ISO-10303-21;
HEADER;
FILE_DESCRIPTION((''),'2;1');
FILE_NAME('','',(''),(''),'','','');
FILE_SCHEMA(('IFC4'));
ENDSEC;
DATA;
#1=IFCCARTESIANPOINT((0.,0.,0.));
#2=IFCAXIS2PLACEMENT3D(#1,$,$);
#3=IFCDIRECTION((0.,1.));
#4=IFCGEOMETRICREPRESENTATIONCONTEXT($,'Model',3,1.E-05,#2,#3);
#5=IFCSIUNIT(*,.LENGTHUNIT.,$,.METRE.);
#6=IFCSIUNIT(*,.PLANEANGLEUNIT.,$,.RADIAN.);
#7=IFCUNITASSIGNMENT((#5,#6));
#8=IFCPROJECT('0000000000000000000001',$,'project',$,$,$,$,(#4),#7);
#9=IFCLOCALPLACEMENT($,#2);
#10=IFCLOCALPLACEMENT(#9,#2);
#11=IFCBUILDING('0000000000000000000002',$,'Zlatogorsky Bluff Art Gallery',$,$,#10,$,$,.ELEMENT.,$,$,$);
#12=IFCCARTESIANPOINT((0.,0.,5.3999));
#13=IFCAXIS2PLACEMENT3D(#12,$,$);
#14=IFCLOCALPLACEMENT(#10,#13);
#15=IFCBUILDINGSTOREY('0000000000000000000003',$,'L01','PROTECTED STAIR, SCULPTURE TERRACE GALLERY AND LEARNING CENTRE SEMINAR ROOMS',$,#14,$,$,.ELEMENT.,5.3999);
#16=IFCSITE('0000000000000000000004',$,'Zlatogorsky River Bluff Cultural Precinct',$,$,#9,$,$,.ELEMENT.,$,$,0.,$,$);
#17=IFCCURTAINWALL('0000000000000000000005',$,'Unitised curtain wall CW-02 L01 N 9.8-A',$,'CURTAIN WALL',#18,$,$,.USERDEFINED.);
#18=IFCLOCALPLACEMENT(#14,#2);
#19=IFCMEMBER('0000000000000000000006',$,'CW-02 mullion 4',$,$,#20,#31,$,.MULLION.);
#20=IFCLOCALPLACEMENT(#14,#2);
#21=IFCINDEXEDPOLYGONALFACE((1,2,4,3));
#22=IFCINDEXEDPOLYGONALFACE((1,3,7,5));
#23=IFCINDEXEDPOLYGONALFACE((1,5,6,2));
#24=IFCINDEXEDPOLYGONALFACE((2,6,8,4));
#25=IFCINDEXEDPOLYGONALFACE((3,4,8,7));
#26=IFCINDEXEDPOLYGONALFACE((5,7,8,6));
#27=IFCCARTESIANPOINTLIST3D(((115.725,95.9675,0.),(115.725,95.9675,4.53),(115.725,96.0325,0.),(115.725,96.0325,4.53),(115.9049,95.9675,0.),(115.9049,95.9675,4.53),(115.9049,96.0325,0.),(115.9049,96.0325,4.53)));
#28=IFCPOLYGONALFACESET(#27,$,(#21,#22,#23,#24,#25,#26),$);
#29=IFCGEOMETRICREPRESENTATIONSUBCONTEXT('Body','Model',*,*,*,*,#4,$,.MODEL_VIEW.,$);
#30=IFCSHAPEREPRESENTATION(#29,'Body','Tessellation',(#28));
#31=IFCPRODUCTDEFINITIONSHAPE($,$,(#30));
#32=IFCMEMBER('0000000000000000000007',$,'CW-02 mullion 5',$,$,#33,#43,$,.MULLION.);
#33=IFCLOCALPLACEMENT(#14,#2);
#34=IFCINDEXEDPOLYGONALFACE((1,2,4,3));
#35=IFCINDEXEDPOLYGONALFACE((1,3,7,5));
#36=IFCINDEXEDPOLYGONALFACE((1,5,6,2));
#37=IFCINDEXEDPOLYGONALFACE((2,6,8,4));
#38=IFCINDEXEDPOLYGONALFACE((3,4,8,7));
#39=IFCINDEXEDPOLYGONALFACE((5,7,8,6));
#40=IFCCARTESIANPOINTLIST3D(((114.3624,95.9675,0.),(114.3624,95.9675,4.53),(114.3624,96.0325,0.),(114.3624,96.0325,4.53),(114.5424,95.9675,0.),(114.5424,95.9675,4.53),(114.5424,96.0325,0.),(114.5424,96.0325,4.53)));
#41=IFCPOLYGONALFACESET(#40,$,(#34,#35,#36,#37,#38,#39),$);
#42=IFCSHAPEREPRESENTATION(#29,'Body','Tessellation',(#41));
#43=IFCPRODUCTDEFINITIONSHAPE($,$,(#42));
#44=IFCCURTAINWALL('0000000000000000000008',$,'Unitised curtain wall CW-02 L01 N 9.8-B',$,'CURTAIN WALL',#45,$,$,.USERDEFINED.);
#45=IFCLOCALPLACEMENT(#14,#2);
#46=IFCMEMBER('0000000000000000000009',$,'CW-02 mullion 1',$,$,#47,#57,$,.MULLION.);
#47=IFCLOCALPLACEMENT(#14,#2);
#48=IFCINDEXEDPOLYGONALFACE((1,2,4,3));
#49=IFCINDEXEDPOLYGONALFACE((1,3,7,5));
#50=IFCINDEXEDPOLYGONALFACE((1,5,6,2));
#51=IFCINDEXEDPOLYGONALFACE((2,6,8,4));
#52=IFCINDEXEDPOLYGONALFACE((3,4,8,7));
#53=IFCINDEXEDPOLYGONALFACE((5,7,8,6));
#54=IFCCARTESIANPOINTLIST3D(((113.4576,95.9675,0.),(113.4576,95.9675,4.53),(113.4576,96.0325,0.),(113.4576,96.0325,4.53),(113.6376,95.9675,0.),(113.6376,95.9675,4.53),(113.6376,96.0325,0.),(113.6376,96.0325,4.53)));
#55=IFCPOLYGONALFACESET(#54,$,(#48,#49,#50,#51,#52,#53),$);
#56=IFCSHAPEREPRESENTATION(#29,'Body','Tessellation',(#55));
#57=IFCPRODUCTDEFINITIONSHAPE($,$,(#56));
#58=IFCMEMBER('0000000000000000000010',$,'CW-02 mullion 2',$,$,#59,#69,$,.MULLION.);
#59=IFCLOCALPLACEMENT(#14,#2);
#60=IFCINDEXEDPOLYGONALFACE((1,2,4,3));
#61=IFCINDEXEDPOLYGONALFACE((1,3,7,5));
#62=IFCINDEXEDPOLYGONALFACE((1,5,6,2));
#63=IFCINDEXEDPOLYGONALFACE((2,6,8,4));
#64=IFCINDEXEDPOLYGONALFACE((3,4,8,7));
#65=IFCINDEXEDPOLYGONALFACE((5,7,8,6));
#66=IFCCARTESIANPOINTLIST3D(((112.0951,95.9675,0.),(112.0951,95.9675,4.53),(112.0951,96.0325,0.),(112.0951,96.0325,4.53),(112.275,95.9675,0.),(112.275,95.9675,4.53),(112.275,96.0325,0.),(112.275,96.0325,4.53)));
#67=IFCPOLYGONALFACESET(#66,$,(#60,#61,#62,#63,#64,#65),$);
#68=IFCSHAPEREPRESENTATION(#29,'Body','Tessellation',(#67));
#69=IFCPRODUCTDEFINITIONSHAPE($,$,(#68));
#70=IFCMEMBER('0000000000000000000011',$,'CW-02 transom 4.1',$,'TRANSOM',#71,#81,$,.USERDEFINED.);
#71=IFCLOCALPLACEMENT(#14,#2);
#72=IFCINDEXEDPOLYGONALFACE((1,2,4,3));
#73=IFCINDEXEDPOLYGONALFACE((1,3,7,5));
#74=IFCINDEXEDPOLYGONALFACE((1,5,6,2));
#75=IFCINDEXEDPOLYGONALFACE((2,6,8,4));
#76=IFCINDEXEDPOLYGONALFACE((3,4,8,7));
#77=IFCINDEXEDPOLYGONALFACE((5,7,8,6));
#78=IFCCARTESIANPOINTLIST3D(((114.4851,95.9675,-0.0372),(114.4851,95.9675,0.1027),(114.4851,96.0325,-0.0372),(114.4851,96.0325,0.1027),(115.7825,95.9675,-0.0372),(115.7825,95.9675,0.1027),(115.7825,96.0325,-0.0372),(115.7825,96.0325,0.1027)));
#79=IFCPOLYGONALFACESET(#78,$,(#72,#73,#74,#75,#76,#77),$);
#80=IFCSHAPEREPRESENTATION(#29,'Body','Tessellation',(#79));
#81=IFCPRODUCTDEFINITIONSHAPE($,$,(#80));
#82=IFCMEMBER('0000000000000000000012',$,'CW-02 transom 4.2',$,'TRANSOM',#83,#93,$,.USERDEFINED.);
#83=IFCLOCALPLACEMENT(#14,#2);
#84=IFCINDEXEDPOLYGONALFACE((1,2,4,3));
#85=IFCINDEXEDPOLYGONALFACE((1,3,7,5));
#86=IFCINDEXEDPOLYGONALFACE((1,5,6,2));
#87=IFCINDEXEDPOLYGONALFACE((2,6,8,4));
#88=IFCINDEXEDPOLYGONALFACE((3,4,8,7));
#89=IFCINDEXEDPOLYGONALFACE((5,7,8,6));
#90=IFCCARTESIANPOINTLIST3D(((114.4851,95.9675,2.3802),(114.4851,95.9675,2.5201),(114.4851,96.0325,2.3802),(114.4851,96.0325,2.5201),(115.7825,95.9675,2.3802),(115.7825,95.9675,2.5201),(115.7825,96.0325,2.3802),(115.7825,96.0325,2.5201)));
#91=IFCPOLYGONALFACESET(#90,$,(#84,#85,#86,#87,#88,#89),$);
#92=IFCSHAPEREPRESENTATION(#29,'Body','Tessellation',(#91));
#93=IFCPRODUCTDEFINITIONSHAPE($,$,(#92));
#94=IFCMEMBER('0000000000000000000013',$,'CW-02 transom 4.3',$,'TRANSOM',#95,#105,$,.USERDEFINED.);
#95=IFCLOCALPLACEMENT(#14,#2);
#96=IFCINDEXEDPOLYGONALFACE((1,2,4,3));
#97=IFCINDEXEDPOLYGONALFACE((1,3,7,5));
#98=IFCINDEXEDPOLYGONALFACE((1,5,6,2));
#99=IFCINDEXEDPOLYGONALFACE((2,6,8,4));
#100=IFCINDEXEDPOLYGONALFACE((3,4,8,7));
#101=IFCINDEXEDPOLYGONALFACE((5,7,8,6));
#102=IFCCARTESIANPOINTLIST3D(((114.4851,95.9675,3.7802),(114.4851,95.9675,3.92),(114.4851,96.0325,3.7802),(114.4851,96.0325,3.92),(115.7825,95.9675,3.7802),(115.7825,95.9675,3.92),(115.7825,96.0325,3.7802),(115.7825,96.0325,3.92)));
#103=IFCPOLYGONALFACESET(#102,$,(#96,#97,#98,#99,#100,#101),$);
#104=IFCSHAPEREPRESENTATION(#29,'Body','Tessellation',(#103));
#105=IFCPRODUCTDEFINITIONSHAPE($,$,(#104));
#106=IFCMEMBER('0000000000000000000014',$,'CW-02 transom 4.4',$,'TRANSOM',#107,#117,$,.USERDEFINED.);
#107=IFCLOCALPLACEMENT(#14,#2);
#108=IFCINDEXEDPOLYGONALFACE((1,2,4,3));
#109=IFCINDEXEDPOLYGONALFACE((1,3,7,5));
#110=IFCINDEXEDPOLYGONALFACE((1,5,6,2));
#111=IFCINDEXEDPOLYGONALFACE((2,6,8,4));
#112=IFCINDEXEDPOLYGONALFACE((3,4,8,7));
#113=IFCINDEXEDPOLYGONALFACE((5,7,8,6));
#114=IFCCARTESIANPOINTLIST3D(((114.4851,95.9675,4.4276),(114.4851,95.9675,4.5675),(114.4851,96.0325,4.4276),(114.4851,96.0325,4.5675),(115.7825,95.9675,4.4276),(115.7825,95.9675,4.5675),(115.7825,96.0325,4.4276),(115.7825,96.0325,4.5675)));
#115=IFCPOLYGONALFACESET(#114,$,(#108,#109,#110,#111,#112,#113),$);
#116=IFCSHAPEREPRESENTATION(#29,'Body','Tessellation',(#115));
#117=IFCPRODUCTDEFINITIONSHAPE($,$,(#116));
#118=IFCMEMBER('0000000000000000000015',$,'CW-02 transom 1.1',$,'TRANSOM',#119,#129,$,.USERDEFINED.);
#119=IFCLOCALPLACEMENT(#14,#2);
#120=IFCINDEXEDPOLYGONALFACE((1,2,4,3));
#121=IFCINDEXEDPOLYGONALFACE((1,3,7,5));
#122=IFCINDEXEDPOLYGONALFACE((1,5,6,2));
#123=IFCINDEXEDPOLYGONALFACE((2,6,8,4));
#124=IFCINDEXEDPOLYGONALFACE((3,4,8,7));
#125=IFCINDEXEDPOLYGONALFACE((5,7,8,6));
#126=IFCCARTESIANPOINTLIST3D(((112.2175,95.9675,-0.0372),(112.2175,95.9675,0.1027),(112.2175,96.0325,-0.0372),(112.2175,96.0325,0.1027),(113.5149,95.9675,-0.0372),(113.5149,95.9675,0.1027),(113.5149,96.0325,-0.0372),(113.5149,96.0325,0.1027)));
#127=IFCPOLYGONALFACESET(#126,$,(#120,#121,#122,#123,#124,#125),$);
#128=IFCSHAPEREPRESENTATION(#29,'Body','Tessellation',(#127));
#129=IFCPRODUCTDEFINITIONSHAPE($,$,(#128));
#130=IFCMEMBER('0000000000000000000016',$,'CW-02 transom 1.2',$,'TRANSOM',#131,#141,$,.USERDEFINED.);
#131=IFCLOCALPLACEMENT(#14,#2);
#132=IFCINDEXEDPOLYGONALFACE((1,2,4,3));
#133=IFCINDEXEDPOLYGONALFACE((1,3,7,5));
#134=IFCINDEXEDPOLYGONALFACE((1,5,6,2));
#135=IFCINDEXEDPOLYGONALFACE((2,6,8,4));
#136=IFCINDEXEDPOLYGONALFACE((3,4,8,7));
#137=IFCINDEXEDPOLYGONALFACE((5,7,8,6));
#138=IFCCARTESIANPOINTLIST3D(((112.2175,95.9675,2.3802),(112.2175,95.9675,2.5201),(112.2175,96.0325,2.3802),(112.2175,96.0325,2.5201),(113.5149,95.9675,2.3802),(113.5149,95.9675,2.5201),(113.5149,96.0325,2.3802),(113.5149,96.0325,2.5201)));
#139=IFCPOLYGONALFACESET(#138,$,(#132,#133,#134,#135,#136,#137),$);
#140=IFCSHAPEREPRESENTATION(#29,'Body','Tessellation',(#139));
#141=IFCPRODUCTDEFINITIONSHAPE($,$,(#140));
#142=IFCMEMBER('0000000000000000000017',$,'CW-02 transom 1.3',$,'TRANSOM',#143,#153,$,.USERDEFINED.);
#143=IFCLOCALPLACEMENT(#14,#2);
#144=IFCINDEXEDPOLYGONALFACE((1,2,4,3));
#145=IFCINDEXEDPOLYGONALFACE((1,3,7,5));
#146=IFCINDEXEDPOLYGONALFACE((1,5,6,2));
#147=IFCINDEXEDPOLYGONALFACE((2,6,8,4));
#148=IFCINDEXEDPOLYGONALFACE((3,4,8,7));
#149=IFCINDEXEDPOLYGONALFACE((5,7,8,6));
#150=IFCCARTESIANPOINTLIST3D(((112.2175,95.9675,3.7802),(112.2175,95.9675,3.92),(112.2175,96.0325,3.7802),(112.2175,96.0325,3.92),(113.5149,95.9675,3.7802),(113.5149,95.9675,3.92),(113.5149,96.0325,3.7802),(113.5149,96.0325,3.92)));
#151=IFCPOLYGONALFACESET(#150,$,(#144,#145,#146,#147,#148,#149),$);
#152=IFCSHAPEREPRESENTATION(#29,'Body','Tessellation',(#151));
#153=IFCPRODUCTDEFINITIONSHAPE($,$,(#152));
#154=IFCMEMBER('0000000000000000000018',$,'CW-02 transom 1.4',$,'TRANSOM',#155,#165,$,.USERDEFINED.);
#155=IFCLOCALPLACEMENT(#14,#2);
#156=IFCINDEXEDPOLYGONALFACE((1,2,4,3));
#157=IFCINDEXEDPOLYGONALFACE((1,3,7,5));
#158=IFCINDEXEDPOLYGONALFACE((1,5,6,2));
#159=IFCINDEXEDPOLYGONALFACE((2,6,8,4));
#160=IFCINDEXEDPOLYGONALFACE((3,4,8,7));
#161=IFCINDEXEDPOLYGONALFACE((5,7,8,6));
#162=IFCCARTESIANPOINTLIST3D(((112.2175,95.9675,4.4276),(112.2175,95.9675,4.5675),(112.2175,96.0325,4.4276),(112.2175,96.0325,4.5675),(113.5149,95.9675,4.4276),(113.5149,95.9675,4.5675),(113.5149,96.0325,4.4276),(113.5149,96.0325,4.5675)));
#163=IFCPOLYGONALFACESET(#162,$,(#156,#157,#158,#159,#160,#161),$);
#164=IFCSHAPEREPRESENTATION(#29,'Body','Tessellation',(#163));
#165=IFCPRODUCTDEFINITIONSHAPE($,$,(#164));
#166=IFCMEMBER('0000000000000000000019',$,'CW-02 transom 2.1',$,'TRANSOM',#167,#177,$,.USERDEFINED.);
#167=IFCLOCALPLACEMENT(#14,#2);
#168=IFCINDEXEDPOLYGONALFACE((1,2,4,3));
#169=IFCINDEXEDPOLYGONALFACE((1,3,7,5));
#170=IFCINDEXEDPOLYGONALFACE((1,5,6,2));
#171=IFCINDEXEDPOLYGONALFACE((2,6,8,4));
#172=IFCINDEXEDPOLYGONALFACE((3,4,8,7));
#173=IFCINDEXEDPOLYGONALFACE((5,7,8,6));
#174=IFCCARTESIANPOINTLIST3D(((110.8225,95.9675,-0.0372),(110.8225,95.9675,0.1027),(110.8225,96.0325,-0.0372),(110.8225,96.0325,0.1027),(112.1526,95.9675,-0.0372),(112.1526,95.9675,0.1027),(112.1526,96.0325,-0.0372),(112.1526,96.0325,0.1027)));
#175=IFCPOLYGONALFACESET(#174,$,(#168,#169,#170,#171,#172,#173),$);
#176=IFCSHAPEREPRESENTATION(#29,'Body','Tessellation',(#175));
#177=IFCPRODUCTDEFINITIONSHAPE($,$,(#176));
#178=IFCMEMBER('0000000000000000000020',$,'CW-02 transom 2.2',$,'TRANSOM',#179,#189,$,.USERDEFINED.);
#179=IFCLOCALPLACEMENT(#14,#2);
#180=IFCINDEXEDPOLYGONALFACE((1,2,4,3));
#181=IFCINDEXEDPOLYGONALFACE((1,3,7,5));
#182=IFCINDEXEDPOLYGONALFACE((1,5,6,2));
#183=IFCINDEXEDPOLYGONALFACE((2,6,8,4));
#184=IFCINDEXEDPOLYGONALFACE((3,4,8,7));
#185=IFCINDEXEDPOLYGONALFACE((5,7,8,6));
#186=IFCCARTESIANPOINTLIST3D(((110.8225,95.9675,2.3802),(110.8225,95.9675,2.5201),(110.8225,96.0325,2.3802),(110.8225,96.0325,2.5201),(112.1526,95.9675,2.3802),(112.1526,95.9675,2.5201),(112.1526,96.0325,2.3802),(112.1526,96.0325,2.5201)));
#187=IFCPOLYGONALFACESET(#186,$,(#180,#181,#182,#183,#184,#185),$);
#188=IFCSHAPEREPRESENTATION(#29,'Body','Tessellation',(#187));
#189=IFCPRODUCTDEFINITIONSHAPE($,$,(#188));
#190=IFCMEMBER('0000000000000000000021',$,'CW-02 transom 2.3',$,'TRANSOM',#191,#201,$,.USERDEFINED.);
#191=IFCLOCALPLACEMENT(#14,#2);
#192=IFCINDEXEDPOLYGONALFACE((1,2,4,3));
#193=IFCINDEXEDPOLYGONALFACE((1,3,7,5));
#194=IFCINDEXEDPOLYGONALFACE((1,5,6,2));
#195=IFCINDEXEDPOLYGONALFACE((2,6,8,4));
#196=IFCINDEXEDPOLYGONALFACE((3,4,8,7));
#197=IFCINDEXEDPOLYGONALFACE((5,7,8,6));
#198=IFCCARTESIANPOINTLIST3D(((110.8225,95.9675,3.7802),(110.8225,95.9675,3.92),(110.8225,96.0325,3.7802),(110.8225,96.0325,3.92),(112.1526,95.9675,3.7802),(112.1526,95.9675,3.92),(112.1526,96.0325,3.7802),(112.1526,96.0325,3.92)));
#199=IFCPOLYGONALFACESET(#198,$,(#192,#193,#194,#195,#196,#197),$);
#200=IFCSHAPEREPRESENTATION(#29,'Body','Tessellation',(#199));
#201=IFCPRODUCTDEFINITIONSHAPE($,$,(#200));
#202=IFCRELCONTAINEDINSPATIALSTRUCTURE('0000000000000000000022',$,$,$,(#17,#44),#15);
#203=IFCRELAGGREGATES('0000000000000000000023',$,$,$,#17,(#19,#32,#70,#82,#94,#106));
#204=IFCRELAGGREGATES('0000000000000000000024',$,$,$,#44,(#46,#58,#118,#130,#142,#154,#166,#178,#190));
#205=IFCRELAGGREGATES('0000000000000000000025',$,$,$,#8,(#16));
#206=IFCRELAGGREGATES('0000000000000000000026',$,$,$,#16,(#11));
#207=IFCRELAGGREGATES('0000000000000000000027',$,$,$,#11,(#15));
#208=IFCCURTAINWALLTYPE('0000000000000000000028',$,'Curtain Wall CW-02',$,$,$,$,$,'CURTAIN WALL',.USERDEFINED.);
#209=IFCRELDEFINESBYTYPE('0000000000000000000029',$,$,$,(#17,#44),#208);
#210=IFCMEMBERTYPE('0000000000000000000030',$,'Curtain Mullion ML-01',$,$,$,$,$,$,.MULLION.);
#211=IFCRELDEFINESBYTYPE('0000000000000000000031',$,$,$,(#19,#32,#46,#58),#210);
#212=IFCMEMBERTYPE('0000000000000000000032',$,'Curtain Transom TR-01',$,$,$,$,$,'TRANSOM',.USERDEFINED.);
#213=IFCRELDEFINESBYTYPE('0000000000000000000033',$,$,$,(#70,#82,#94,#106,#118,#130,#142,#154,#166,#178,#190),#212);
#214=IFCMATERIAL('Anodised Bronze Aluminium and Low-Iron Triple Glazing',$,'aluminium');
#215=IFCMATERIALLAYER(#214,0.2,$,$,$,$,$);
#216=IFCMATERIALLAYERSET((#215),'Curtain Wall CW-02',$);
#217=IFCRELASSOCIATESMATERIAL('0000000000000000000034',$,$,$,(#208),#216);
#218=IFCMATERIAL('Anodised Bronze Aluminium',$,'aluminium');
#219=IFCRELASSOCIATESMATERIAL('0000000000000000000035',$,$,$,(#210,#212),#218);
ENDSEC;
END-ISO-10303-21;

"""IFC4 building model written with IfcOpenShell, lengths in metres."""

from ifc_helpers import new_model, si_unit, direction, frame, origin, origin_2d, place, context, subcontext, project, spatial, rectangle, extrude, material, layer, layer_set, material_profile, profile_set, type_object, element, aggregate, save


model = new_model("IFC4")

# Units and contexts
model_context = context("Model", 3, precision=1e-05, world=origin(), true_north=direction((0.0, 1.0)))
body_context = subcontext(model_context, "Body", "Model", "MODEL_VIEW")
ifc_project = project(units=[si_unit("LENGTHUNIT", "METRE"), si_unit("PLANEANGLEUNIT", "RADIAN")], contexts=[model_context])

# Site, building, storey
site_placement = place(None, origin())
site = spatial("IfcSite", under=ifc_project, at=site_placement, Name="Zlatogorsky River Bluff Cultural Precinct", CompositionType="ELEMENT", RefElevation=0.0)
building_placement = place(site_placement, origin())
building = spatial("IfcBuilding", under=site, at=building_placement, Name="Zlatogorsky Bluff Art Gallery", CompositionType="ELEMENT")
storey_placement = place(building_placement, frame((0.0, 0.0, 5.3999)))
storey = spatial("IfcBuildingStorey", under=building, at=storey_placement, Name="L01", Description="PROTECTED STAIR, SCULPTURE TERRACE GALLERY AND LEARNING CENTRE SEMINAR ROOMS", CompositionType="ELEMENT", Elevation=5.3999)

# Curtain walls, members
ifc_material_1 = material(Name="Anodised Bronze Aluminium and Low-Iron Triple Glazing", Category="aluminium")
ifc_layer_1 = layer(ifc_material_1, 0.2)
ifc_layer_set_1 = layer_set([ifc_layer_1], Name="Curtain Wall CW-02")
curtain_wall_type = type_object("IfcCurtainWallType", Name="Curtain Wall CW-02", ElementType="CURTAIN WALL", PredefinedType="USERDEFINED", material=ifc_layer_set_1)
curtain_wall_1_placement = place(storey_placement, origin())
curtain_wall_1 = element("IfcCurtainWall", 1, at=curtain_wall_1_placement, inside=storey, type_object=curtain_wall_type, Name="Unitised curtain wall CW-02 L01 N 9.8-A", ObjectType="CURTAIN WALL", PredefinedType="USERDEFINED")
ifc_material_2 = material(Name="Anodised Bronze Aluminium", Category="aluminium")
ifc_material_profile_1 = material_profile(ifc_material_2, rectangle(XDim=0.0649, YDim=0.1799, at=origin_2d()), Name="ALU MULLION 65x180")
ifc_profile_set_1 = profile_set([ifc_material_profile_1], Name="Anodised Bronze Aluminium")
member_type_1 = type_object("IfcMemberType", Name="Curtain Mullion ML-01", PredefinedType="MULLION", material=ifc_profile_set_1)
member_1_placement = place(storey_placement, frame((115.8149, 96.0, 0.0), z_axis=(0.0, 0.0, 1.0), x_axis=(0.0, -1.0, 0.0)))
member_1 = element("IfcMember", 2, at=member_1_placement, type_object=member_type_1, Name="CW-02 mullion 4", PredefinedType="MULLION", context=body_context, shape_type="SweptSolid", body=[
    extrude(rectangle(XDim=0.0649, YDim=0.1799, at=origin_2d()), origin(), (0.0, 0.0, 1.0), 4.53),
])
member_2_placement = place(storey_placement, frame((114.4524, 96.0, 0.0), z_axis=(0.0, 0.0, 1.0), x_axis=(0.0, -1.0, 0.0)))
member_2 = element("IfcMember", 3, at=member_2_placement, type_object=member_type_1, Name="CW-02 mullion 5", PredefinedType="MULLION", context=body_context, shape_type="SweptSolid", body=[
    extrude(rectangle(XDim=0.0649, YDim=0.1799, at=origin_2d()), origin(), (0.0, 0.0, 1.0), 4.53),
])
curtain_wall_2_placement = place(storey_placement, origin())
curtain_wall_2 = element("IfcCurtainWall", 4, at=curtain_wall_2_placement, inside=storey, type_object=curtain_wall_type, Name="Unitised curtain wall CW-02 L01 N 9.8-B", ObjectType="CURTAIN WALL", PredefinedType="USERDEFINED")
member_3_placement = place(storey_placement, frame((113.5476, 96.0, 0.0), z_axis=(0.0, 0.0, 1.0), x_axis=(0.0, -1.0, 0.0)))
member_3 = element("IfcMember", 5, at=member_3_placement, type_object=member_type_1, Name="CW-02 mullion 1", PredefinedType="MULLION", context=body_context, shape_type="SweptSolid", body=[
    extrude(rectangle(XDim=0.0649, YDim=0.1799, at=origin_2d()), origin(), (0.0, 0.0, 1.0), 4.53),
])
member_4_placement = place(storey_placement, frame((112.1851, 96.0, 0.0), z_axis=(0.0, 0.0, 1.0), x_axis=(0.0, -1.0, 0.0)))
member_4 = element("IfcMember", 6, at=member_4_placement, type_object=member_type_1, Name="CW-02 mullion 2", PredefinedType="MULLION", context=body_context, shape_type="SweptSolid", body=[
    extrude(rectangle(XDim=0.0649, YDim=0.1799, at=origin_2d()), origin(), (0.0, 0.0, 1.0), 4.53),
])

# Members
ifc_material_profile_2 = material_profile(ifc_material_2, rectangle(XDim=0.0649, YDim=0.1399, at=origin_2d()), Name="ALU TRANSOM 65x140")
ifc_profile_set_2 = profile_set([ifc_material_profile_2], Name="Anodised Bronze Aluminium")
member_type_2 = type_object("IfcMemberType", Name="Curtain Transom TR-01", ElementType="TRANSOM", PredefinedType="USERDEFINED", material=ifc_profile_set_2)
member_5_placement = place(storey_placement, frame((115.7825, 96.0, 0.0327), z_axis=(-1.0, 0.0, 0.0), x_axis=(0.0, -1.0, 0.0)))
member_5 = element("IfcMember", 7, at=member_5_placement, type_object=member_type_2, Name="CW-02 transom 4.1", ObjectType="TRANSOM", PredefinedType="USERDEFINED", context=body_context, shape_type="SweptSolid", body=[
    extrude(rectangle(XDim=0.0649, YDim=0.1399, at=origin_2d()), origin(), (0.0, 0.0, 1.0), 1.2974),
])
member_6_placement = place(storey_placement, frame((115.7825, 96.0, 2.4502), z_axis=(-1.0, 0.0, 0.0), x_axis=(0.0, -1.0, 0.0)))
member_6 = element("IfcMember", 8, at=member_6_placement, type_object=member_type_2, Name="CW-02 transom 4.2", ObjectType="TRANSOM", PredefinedType="USERDEFINED", context=body_context, shape_type="SweptSolid", body=[
    extrude(rectangle(XDim=0.0649, YDim=0.1399, at=origin_2d()), origin(), (0.0, 0.0, 1.0), 1.2974),
])
member_7_placement = place(storey_placement, frame((115.7825, 96.0, 3.8501), z_axis=(-1.0, 0.0, 0.0), x_axis=(0.0, -1.0, 0.0)))
member_7 = element("IfcMember", 9, at=member_7_placement, type_object=member_type_2, Name="CW-02 transom 4.3", ObjectType="TRANSOM", PredefinedType="USERDEFINED", context=body_context, shape_type="SweptSolid", body=[
    extrude(rectangle(XDim=0.0649, YDim=0.1399, at=origin_2d()), origin(), (0.0, 0.0, 1.0), 1.2974),
])
member_8_placement = place(storey_placement, frame((115.7825, 96.0, 4.4976), z_axis=(-1.0, 0.0, 0.0), x_axis=(0.0, -1.0, 0.0)))
member_8 = element("IfcMember", 10, at=member_8_placement, type_object=member_type_2, Name="CW-02 transom 4.4", ObjectType="TRANSOM", PredefinedType="USERDEFINED", context=body_context, shape_type="SweptSolid", body=[
    extrude(rectangle(XDim=0.0649, YDim=0.1399, at=origin_2d()), origin(), (0.0, 0.0, 1.0), 1.2974),
])
member_9_placement = place(storey_placement, frame((113.5149, 96.0, 0.0327), z_axis=(-1.0, 0.0, 0.0), x_axis=(0.0, -1.0, 0.0)))
member_9 = element("IfcMember", 11, at=member_9_placement, type_object=member_type_2, Name="CW-02 transom 1.1", ObjectType="TRANSOM", PredefinedType="USERDEFINED", context=body_context, shape_type="SweptSolid", body=[
    extrude(rectangle(XDim=0.0649, YDim=0.1399, at=origin_2d()), origin(), (0.0, 0.0, 1.0), 1.2974),
])
member_10_placement = place(storey_placement, frame((113.5149, 96.0, 2.4502), z_axis=(-1.0, 0.0, 0.0), x_axis=(0.0, -1.0, 0.0)))
member_10 = element("IfcMember", 12, at=member_10_placement, type_object=member_type_2, Name="CW-02 transom 1.2", ObjectType="TRANSOM", PredefinedType="USERDEFINED", context=body_context, shape_type="SweptSolid", body=[
    extrude(rectangle(XDim=0.0649, YDim=0.1399, at=origin_2d()), origin(), (0.0, 0.0, 1.0), 1.2974),
])
member_11_placement = place(storey_placement, frame((113.5149, 96.0, 3.8501), z_axis=(-1.0, 0.0, 0.0), x_axis=(0.0, -1.0, 0.0)))
member_11 = element("IfcMember", 13, at=member_11_placement, type_object=member_type_2, Name="CW-02 transom 1.3", ObjectType="TRANSOM", PredefinedType="USERDEFINED", context=body_context, shape_type="SweptSolid", body=[
    extrude(rectangle(XDim=0.0649, YDim=0.1399, at=origin_2d()), origin(), (0.0, 0.0, 1.0), 1.2974),
])
member_12_placement = place(storey_placement, frame((113.5149, 96.0, 4.4976), z_axis=(-1.0, 0.0, 0.0), x_axis=(0.0, -1.0, 0.0)))
member_12 = element("IfcMember", 14, at=member_12_placement, type_object=member_type_2, Name="CW-02 transom 1.4", ObjectType="TRANSOM", PredefinedType="USERDEFINED", context=body_context, shape_type="SweptSolid", body=[
    extrude(rectangle(XDim=0.0649, YDim=0.1399, at=origin_2d()), origin(), (0.0, 0.0, 1.0), 1.2974),
])
member_13_placement = place(storey_placement, frame((112.1526, 96.0, 0.0327), z_axis=(-1.0, 0.0, 0.0), x_axis=(0.0, -1.0, 0.0)))
member_13 = element("IfcMember", 15, at=member_13_placement, type_object=member_type_2, Name="CW-02 transom 2.1", ObjectType="TRANSOM", PredefinedType="USERDEFINED", context=body_context, shape_type="SweptSolid", body=[
    extrude(rectangle(XDim=0.0649, YDim=0.1399, at=origin_2d()), origin(), (0.0, 0.0, 1.0), 1.3301),
])
member_14_placement = place(storey_placement, frame((112.1526, 96.0, 2.4502), z_axis=(-1.0, 0.0, 0.0), x_axis=(0.0, -1.0, 0.0)))
member_14 = element("IfcMember", 16, at=member_14_placement, type_object=member_type_2, Name="CW-02 transom 2.2", ObjectType="TRANSOM", PredefinedType="USERDEFINED", context=body_context, shape_type="SweptSolid", body=[
    extrude(rectangle(XDim=0.0649, YDim=0.1399, at=origin_2d()), origin(), (0.0, 0.0, 1.0), 1.3301),
])
member_15_placement = place(storey_placement, frame((112.1526, 96.0, 3.8501), z_axis=(-1.0, 0.0, 0.0), x_axis=(0.0, -1.0, 0.0)))
member_15 = element("IfcMember", 17, at=member_15_placement, type_object=member_type_2, Name="CW-02 transom 2.3", ObjectType="TRANSOM", PredefinedType="USERDEFINED", context=body_context, shape_type="SweptSolid", body=[
    extrude(rectangle(XDim=0.0649, YDim=0.1399, at=origin_2d()), origin(), (0.0, 0.0, 1.0), 1.3301),
])

aggregate(curtain_wall_1, [member_1, member_2, member_5, member_6, member_7, member_8])
aggregate(curtain_wall_2, [member_3, member_4, member_9, member_10, member_11, member_12, member_13, member_14, member_15])

save(model, "model.ifc")
